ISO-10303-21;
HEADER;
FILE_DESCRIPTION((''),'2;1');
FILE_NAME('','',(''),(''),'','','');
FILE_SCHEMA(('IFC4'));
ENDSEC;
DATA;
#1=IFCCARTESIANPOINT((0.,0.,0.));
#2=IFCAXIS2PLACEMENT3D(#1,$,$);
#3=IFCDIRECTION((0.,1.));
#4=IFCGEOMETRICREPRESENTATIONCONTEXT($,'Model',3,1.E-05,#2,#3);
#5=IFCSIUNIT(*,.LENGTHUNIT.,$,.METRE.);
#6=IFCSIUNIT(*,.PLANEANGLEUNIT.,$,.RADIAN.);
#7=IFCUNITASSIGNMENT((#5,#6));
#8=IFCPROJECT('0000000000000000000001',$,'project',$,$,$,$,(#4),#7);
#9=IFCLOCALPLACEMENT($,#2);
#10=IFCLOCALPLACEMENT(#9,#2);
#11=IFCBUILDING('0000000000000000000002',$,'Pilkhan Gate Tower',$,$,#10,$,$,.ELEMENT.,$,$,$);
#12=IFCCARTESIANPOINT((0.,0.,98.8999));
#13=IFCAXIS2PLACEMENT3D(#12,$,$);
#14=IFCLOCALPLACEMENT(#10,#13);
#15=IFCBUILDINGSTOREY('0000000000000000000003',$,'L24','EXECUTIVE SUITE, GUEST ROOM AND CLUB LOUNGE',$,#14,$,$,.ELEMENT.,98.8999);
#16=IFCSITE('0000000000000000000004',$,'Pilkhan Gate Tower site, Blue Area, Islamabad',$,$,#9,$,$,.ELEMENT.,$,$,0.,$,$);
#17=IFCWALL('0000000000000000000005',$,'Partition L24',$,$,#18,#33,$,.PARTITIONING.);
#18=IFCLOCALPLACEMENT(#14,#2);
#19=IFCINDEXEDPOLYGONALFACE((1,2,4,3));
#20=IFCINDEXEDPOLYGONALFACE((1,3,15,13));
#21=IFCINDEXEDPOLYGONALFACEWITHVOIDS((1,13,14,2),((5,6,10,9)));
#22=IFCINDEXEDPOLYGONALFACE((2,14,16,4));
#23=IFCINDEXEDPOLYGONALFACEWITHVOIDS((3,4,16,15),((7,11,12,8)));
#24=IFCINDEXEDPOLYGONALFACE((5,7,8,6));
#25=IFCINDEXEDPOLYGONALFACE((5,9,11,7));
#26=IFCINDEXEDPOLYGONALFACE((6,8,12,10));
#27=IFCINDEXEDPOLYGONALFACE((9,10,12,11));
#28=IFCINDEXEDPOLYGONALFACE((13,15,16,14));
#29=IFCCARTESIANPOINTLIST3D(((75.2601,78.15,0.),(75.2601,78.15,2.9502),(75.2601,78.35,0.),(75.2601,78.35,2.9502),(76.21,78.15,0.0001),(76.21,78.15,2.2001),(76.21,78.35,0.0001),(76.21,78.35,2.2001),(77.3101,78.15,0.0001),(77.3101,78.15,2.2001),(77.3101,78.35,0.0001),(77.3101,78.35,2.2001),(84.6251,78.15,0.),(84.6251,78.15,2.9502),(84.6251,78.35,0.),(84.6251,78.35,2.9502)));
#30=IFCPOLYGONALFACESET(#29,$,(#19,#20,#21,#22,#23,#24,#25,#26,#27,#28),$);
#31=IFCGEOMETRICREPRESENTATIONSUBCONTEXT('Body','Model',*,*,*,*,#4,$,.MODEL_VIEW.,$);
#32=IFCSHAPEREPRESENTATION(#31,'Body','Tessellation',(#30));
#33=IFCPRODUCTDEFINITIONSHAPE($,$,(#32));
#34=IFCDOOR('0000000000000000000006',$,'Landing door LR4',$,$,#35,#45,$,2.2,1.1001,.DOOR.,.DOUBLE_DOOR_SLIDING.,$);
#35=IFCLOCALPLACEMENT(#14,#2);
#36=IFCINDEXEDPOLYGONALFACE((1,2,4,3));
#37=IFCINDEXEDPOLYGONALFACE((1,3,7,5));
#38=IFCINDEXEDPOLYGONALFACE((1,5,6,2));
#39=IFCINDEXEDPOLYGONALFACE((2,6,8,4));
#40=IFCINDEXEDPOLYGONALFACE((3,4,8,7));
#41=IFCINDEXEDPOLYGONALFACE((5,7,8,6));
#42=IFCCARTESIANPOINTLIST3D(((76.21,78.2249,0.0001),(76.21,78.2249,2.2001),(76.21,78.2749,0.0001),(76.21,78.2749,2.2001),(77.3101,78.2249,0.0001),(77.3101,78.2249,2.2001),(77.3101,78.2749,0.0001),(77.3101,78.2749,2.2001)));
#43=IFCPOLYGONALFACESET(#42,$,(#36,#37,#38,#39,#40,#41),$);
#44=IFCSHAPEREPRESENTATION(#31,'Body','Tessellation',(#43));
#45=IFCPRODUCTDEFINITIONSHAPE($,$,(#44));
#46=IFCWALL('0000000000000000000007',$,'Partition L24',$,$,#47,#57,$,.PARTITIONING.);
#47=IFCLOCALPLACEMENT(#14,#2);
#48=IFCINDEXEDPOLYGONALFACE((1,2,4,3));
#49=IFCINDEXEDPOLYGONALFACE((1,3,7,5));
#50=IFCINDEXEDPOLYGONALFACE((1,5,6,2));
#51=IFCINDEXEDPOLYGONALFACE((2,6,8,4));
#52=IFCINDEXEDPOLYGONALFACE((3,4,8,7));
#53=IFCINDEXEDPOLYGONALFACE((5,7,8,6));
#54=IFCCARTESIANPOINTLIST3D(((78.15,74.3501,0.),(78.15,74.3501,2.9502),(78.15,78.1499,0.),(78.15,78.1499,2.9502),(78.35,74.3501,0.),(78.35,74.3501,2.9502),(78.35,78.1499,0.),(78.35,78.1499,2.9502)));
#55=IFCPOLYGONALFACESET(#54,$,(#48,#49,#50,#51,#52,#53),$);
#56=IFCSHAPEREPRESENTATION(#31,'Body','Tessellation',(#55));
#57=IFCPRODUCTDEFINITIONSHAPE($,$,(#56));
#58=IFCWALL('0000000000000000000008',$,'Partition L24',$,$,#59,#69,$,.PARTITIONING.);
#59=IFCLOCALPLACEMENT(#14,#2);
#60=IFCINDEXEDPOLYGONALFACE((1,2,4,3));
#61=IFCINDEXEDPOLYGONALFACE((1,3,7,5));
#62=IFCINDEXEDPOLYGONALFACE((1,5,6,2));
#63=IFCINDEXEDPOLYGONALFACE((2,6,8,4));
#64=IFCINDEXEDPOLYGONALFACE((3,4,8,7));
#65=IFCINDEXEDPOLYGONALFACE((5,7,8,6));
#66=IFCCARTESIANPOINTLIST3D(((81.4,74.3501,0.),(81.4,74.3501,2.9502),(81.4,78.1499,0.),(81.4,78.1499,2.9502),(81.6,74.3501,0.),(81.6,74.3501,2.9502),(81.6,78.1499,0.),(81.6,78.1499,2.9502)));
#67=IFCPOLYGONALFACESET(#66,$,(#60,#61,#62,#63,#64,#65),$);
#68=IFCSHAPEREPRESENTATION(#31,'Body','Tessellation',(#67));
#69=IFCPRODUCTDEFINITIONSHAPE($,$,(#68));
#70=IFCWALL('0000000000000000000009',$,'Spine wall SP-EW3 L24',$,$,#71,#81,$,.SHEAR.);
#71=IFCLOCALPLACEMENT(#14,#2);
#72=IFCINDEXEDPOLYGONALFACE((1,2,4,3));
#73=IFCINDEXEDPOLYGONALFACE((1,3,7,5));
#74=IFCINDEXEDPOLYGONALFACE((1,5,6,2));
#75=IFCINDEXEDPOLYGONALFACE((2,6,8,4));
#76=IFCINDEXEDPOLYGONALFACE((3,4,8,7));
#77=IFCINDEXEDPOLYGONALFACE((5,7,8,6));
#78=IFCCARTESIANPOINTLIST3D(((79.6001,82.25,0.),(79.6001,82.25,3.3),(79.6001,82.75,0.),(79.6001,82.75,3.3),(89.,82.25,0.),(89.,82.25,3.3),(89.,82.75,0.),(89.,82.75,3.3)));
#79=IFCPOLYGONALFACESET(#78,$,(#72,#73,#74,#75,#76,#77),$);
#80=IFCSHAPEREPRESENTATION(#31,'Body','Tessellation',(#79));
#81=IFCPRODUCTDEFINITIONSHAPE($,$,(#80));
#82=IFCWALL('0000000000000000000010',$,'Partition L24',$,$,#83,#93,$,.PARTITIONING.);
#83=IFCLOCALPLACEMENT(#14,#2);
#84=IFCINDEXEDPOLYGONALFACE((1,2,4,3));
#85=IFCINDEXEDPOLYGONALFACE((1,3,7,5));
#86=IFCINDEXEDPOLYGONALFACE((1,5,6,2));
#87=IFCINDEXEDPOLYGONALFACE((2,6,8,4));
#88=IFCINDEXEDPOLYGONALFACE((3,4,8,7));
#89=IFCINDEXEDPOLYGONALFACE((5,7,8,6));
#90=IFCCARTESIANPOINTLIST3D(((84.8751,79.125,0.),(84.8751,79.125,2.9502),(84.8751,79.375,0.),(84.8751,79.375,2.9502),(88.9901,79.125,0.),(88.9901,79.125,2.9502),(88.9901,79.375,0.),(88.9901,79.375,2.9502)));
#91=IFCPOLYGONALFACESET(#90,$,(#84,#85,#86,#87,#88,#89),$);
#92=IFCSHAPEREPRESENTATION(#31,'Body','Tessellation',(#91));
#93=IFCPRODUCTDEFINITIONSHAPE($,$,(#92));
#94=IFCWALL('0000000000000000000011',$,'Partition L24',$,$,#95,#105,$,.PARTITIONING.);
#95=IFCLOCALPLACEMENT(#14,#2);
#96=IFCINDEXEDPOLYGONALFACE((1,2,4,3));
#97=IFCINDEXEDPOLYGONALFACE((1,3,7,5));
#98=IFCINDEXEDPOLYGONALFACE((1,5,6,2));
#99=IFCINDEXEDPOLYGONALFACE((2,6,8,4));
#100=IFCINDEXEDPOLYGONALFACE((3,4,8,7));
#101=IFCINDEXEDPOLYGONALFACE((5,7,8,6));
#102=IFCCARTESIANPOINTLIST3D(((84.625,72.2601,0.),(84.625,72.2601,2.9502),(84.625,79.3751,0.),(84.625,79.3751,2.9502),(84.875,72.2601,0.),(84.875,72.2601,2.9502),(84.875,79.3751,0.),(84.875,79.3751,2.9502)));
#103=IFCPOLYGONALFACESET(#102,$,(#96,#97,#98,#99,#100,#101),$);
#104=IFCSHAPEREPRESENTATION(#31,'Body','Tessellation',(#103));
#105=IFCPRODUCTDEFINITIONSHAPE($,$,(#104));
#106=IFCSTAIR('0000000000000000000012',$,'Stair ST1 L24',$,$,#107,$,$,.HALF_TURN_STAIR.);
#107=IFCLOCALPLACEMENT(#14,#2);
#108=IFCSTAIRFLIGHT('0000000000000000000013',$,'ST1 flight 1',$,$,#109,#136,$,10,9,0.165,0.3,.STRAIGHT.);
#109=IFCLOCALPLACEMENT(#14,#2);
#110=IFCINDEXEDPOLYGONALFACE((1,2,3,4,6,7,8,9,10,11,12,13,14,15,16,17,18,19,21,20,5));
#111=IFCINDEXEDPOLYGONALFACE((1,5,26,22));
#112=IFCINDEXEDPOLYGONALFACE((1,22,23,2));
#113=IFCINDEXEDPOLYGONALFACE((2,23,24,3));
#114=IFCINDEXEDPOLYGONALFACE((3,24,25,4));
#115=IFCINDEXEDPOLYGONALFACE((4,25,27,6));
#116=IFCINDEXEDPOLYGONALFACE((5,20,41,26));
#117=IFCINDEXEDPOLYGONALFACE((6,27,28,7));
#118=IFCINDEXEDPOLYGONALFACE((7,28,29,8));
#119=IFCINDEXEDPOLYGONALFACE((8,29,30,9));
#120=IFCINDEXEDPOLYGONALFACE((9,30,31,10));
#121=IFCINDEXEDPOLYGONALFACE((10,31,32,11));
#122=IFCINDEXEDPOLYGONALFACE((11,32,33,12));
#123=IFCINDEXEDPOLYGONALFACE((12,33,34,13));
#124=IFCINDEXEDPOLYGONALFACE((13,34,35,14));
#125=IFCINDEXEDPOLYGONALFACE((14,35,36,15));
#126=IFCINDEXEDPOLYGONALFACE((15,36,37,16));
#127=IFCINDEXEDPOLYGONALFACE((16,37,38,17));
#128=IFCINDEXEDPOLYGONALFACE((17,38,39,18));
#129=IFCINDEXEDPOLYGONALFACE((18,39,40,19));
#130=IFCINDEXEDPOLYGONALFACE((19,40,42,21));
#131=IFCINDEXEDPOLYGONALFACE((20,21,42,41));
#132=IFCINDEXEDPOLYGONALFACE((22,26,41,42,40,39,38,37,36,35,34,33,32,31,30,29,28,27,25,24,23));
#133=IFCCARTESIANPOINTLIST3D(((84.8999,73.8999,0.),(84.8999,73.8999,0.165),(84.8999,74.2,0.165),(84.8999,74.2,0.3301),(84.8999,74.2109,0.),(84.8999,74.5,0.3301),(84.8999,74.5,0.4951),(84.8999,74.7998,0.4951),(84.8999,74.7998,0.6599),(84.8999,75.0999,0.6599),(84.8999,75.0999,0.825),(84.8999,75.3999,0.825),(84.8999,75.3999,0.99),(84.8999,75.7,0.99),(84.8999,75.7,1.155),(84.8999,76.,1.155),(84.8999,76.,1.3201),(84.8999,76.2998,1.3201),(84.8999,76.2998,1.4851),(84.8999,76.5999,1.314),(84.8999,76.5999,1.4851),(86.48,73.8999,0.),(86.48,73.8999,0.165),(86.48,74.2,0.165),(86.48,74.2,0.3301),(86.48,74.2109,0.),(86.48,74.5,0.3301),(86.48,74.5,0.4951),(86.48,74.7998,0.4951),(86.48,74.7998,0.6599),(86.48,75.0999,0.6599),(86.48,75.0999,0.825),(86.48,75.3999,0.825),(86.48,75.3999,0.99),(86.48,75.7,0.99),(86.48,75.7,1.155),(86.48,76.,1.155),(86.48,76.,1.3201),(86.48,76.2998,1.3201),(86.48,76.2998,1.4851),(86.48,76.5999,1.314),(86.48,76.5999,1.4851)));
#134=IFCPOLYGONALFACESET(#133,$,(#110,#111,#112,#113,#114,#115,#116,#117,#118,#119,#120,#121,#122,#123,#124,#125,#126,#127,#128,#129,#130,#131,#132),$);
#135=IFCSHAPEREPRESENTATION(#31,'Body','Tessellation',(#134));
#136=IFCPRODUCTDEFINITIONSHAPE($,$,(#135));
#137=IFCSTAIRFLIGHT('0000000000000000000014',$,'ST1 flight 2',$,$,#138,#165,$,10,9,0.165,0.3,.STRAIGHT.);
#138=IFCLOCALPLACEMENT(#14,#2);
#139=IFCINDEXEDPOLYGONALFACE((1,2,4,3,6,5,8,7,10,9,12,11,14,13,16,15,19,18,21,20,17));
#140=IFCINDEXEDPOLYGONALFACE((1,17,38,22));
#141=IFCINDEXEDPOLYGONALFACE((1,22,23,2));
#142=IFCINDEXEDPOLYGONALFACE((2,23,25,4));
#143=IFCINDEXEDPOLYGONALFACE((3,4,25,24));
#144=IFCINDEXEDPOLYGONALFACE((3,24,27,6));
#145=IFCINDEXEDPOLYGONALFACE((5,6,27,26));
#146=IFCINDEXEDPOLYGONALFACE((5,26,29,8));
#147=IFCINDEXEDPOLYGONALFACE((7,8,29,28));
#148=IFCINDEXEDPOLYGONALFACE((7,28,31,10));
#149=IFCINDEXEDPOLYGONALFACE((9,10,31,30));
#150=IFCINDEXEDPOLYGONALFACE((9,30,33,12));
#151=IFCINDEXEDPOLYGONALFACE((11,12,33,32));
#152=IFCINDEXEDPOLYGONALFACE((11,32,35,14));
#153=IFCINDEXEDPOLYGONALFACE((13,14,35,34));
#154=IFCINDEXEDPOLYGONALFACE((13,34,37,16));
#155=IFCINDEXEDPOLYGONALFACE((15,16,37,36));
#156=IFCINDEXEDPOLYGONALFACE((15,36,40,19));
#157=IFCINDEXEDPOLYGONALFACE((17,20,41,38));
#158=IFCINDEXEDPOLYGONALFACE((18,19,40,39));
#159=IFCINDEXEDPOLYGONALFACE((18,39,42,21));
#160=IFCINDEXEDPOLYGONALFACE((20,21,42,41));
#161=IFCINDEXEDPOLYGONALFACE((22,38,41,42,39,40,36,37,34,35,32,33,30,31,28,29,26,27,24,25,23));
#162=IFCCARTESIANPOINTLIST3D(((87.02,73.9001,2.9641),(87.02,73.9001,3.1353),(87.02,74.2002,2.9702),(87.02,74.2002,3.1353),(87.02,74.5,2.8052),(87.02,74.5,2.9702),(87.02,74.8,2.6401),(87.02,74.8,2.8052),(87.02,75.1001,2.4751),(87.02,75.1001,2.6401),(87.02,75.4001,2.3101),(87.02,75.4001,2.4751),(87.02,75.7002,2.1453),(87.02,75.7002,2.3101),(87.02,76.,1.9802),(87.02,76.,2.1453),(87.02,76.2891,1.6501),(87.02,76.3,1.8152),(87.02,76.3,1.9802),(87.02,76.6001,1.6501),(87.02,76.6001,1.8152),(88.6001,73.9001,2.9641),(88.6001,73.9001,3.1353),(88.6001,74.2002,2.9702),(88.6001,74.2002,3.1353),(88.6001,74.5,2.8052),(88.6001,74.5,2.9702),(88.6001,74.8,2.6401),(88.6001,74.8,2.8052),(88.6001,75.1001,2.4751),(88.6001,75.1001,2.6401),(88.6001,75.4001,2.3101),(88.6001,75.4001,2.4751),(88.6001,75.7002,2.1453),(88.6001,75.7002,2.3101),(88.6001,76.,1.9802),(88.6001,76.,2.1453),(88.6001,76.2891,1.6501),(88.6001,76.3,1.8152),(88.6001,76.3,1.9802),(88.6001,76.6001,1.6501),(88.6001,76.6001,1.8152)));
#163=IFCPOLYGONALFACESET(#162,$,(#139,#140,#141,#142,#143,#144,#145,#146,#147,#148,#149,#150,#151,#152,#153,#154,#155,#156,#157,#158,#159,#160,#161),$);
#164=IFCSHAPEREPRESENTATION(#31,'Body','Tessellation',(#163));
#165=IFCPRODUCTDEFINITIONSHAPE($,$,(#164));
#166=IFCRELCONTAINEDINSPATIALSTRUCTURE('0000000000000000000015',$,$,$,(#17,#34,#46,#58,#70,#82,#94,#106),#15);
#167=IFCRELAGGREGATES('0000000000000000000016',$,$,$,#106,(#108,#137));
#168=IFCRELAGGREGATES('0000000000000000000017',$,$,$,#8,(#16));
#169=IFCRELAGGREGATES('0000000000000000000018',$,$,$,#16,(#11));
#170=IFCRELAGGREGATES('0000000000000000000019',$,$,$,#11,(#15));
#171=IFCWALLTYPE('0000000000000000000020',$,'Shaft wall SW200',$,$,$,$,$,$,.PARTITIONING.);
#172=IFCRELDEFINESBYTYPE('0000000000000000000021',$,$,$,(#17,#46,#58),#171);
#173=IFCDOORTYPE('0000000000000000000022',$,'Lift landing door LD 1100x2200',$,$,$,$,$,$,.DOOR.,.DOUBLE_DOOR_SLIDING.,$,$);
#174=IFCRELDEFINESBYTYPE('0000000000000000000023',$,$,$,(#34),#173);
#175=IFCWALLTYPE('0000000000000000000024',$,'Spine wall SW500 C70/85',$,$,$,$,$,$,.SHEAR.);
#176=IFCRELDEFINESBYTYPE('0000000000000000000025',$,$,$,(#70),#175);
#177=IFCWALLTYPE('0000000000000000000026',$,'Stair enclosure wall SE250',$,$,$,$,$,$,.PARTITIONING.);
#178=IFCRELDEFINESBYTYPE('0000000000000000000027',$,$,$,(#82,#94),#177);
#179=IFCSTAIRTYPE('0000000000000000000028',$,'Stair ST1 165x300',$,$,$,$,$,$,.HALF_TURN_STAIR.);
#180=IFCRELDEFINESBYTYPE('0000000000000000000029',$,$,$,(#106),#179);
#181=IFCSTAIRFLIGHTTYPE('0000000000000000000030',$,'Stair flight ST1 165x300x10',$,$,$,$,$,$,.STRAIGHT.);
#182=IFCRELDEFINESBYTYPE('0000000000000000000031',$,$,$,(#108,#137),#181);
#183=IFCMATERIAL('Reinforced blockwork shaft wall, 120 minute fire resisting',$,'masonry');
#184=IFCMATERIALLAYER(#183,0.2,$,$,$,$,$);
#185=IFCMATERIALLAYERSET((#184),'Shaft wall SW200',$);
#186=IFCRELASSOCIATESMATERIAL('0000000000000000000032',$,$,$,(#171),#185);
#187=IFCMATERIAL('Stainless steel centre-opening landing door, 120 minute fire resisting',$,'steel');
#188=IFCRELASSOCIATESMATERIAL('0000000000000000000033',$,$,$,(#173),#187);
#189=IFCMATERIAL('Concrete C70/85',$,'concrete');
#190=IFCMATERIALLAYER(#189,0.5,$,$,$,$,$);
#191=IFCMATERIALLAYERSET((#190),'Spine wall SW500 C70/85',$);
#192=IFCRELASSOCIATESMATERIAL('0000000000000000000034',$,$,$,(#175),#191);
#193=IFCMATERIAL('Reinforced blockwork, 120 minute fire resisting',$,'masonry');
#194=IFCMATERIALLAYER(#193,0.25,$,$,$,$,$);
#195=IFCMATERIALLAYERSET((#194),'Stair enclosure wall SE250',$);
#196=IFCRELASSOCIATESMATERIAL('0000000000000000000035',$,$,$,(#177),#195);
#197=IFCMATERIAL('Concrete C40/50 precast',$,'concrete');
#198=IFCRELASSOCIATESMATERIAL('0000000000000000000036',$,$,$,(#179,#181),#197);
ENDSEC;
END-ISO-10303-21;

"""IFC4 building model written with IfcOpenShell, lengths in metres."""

from ifc_helpers import new_model, si_unit, direction, frame, frame_2d, origin, place, context, subcontext, project, spatial, polyline, rectangle, outline, extrude, material, layer, layer_set, type_object, element, fill, aggregate, save


model = new_model("IFC4")

# Units and contexts
model_context = context("Model", 3, precision=1e-05, world=origin(), true_north=direction((0.0, 1.0)))
body_context = subcontext(model_context, "Body", "Model", "MODEL_VIEW")
ifc_project = project(units=[si_unit("LENGTHUNIT", "METRE"), si_unit("PLANEANGLEUNIT", "RADIAN")], contexts=[model_context])

# Site, building, storey
site_placement = place(None, origin())
site = spatial("IfcSite", under=ifc_project, at=site_placement, Name="Pilkhan Gate Tower site, Blue Area, Islamabad", CompositionType="ELEMENT", RefElevation=0.0)
building_placement = place(site_placement, origin())
building = spatial("IfcBuilding", under=site, at=building_placement, Name="Pilkhan Gate Tower", CompositionType="ELEMENT")
storey_placement = place(building_placement, frame((0.0, 0.0, 98.8999)))
storey = spatial("IfcBuildingStorey", under=building, at=storey_placement, Name="L24", Description="EXECUTIVE SUITE, GUEST ROOM AND CLUB LOUNGE", CompositionType="ELEMENT", Elevation=98.8999)

# Shared definitions
ifc_material_1 = material(Name="Concrete C70/85", Category="concrete")

# Shared definitions
ifc_material_2 = material(Name="Reinforced blockwork shaft wall, 120 minute fire resisting", Category="masonry")
ifc_layer_1 = layer(ifc_material_2, 0.2)
ifc_layer_set_1 = layer_set([ifc_layer_1], Name="Shaft wall SW200")
wall_type_1 = type_object("IfcWallType", Name="Shaft wall SW200", PredefinedType="PARTITIONING", material=ifc_layer_set_1)

# Wall, opening, door
wall_1_placement = place(storey_placement, frame((75.26, 78.25, 0.0), z_axis=(0.0, 0.0, 1.0), x_axis=(1.0, 0.0, 0.0)))
wall_1 = element("IfcWall", 1, at=wall_1_placement, inside=storey, type_object=wall_type_1, Name="Partition L24", PredefinedType="PARTITIONING", context=body_context, shape_type="SweptSolid", body=[
    extrude(rectangle(XDim=9.365, YDim=0.2, at=frame_2d((4.6826, 0.0))), origin(), (0.0, 0.0, 1.0), 2.9502),
])
opening_1_placement = place(wall_1_placement, frame((0.95, 0.0, 0.0)))
opening_1 = element("IfcOpeningElement", 2, at=opening_1_placement, cuts=wall_1, PredefinedType="OPENING", context=body_context, shape_type="SweptSolid", body=[
    extrude(rectangle(XDim=1.1001, YDim=2.2, at=frame_2d((0.55, 1.1001))), frame((0.0, 0.1099, 0.0), z_axis=(0.0, -1.0, 0.0), x_axis=(1.0, 0.0, 0.0)), (0.0, 0.0, 1.0), 0.22),
])
ifc_material_3 = material(Name="Stainless steel centre-opening landing door, 120 minute fire resisting", Category="steel")
door_type_1 = type_object("IfcDoorType", Name="Lift landing door LD 1100x2200", OperationType="DOUBLE_DOOR_SLIDING", PredefinedType="DOOR", material=ifc_material_3)
door_1_placement = place(opening_1_placement, origin())
door_1 = element("IfcDoor", 3, at=door_1_placement, inside=storey, type_object=door_type_1, Name="Landing door LR4", OperationType="DOUBLE_DOOR_SLIDING", OverallHeight=2.2, OverallWidth=1.1001, PredefinedType="DOOR", context=body_context, shape_type="SweptSolid", body=[
    extrude(rectangle(XDim=1.1001, YDim=2.2, at=frame_2d((0.55, 1.1001))), frame((0.0, 0.0249, 0.0), z_axis=(0.0, -1.0, 0.0), x_axis=(1.0, 0.0, 0.0)), (0.0, 0.0, 1.0), 0.05),
])
fill(opening_1, door_1)

# Walls
for number, where, z_axis, x_axis, name in (
    (4, (78.25, 74.3501, 0.0), (0.0, 0.0, 1.0), (0.0, 1.0, 0.0), "Partition L24"),
    (5, (81.5, 74.3501, 0.0), (0.0, 0.0, 1.0), (0.0, 1.0, 0.0), "Partition L24"),
):
    element("IfcWall", number, at=place(storey_placement, frame(where, z_axis=z_axis, x_axis=x_axis)), inside=storey, type_object=wall_type_1, Name=name, PredefinedType="PARTITIONING", context=body_context, shape_type="SweptSolid", body=[
        extrude(rectangle(XDim=3.7998, YDim=0.2, at=frame_2d((1.8999, 0.0))), origin(), (0.0, 0.0, 1.0), 2.9502),
    ])
ifc_layer_2 = layer(ifc_material_1, 0.5)
ifc_layer_set_2 = layer_set([ifc_layer_2], Name="Spine wall SW500 C70/85")
wall_type_2 = type_object("IfcWallType", Name="Spine wall SW500 C70/85", PredefinedType="SHEAR", material=ifc_layer_set_2)
wall_2_placement = place(storey_placement, frame((79.6001, 82.5, 0.0), z_axis=(0.0, 0.0, 1.0), x_axis=(1.0, 0.0, 0.0)))
element("IfcWall", 6, at=wall_2_placement, inside=storey, type_object=wall_type_2, Name="Spine wall SP-EW3 L24", PredefinedType="SHEAR", context=body_context, shape_type="SweptSolid", body=[
    extrude(rectangle(XDim=9.3999, YDim=0.5, at=frame_2d((4.7, 0.0))), origin(), (0.0, 0.0, 1.0), 3.3),
])
ifc_material_4 = material(Name="Reinforced blockwork, 120 minute fire resisting", Category="masonry")
ifc_layer_3 = layer(ifc_material_4, 0.25)
ifc_layer_set_3 = layer_set([ifc_layer_3], Name="Stair enclosure wall SE250")
wall_type_3 = type_object("IfcWallType", Name="Stair enclosure wall SE250", PredefinedType="PARTITIONING", material=ifc_layer_set_3)
wall_3_placement = place(storey_placement, frame((84.875, 79.25, 0.0), z_axis=(0.0, 0.0, 1.0), x_axis=(1.0, 0.0, 0.0)))
element("IfcWall", 7, at=wall_3_placement, inside=storey, type_object=wall_type_3, Name="Partition L24", PredefinedType="PARTITIONING", context=body_context, shape_type="SweptSolid", body=[
    extrude(rectangle(XDim=4.115, YDim=0.25, at=frame_2d((2.0576, 0.0))), origin(), (0.0, 0.0, 1.0), 2.9502),
])
wall_4_placement = place(storey_placement, frame((84.75, 72.26, 0.0), z_axis=(0.0, 0.0, 1.0), x_axis=(0.0, 1.0, 0.0)))
element("IfcWall", 8, at=wall_4_placement, inside=storey, type_object=wall_type_3, Name="Partition L24", PredefinedType="PARTITIONING", context=body_context, shape_type="SweptSolid", body=[
    extrude(rectangle(XDim=7.115, YDim=0.25, at=frame_2d((3.5576, 0.0))), origin(), (0.0, 0.0, 1.0), 2.9502),
])

# Stair, stair flights
ifc_material_5 = material(Name="Concrete C40/50 precast", Category="concrete")
stair_type = type_object("IfcStairType", Name="Stair ST1 165x300", PredefinedType="HALF_TURN_STAIR", material=ifc_material_5)
stair_placement = place(storey_placement, origin())
stair = element("IfcStair", 9, at=stair_placement, inside=storey, type_object=stair_type, Name="Stair ST1 L24", PredefinedType="HALF_TURN_STAIR")
stair_flight_type = type_object("IfcStairFlightType", Name="Stair flight ST1 165x300x10", PredefinedType="STRAIGHT", material=ifc_material_5)
stair_flight_1_placement = place(storey_placement, frame((85.6899, 73.8999, 0.0), z_axis=(0.0, 0.0, 1.0), x_axis=(0.0, 1.0, 0.0)))
stair_flight_1 = element("IfcStairFlight", 10, at=stair_flight_1_placement, type_object=stair_flight_type, Name="ST1 flight 1", NumberOfRisers=10, NumberOfTreads=9, PredefinedType="STRAIGHT", RiserHeight=0.165, TreadLength=0.3, context=body_context, shape_type="SweptSolid", body=[
    extrude(outline(polyline([(0.0, 0.0), (0.0, 0.165), (0.3, 0.165), (0.3, 0.3301), (0.6001, 0.3301), (0.6001, 0.4951), (0.8999, 0.4951), (0.8999, 0.6599), (1.2, 0.6599), (1.2, 0.825), (1.5, 0.825), (1.5, 0.99), (1.8, 0.99), (1.8, 1.155), (2.1001, 1.155), (2.1001, 1.3201), (2.3999, 1.3201), (2.3999, 1.4851), (2.7, 1.4851), (2.7, 1.6499), (2.7, 1.314), (0.311, 0.0), (0.0, 0.0)])), frame((0.0, 0.79, 0.0), z_axis=(0.0, -1.0, 0.0), x_axis=(1.0, 0.0, 0.0)), (0.0, 0.0, 1.0), 1.5801),
])
stair_flight_2_placement = place(storey_placement, frame((87.8101, 76.6001, 1.6501), z_axis=(0.0, 0.0, 1.0), x_axis=(0.0, -1.0, 0.0)))
stair_flight_2 = element("IfcStairFlight", 11, at=stair_flight_2_placement, type_object=stair_flight_type, Name="ST1 flight 2", NumberOfRisers=10, NumberOfTreads=9, PredefinedType="STRAIGHT", RiserHeight=0.165, TreadLength=0.3, context=body_context, shape_type="SweptSolid", body=[
    extrude(outline(polyline([(0.0, 0.0), (0.0, 0.165), (0.3, 0.165), (0.3, 0.3301), (0.6001, 0.3301), (0.6001, 0.4951), (0.8999, 0.4951), (0.8999, 0.6599), (1.2, 0.6599), (1.2, 0.825), (1.5, 0.825), (1.5, 0.99), (1.8, 0.99), (1.8, 1.155), (2.1001, 1.155), (2.1001, 1.3201), (2.3999, 1.3201), (2.3999, 1.4851), (2.7, 1.4851), (2.7, 1.6499), (2.7, 1.314), (0.311, 0.0), (0.0, 0.0)])), frame((0.0, 0.79, 0.0), z_axis=(0.0, -1.0, 0.0), x_axis=(1.0, 0.0, 0.0)), (0.0, 0.0, 1.0), 1.5801),
])
aggregate(stair, [stair_flight_1, stair_flight_2])

save(model, "model.ifc")
